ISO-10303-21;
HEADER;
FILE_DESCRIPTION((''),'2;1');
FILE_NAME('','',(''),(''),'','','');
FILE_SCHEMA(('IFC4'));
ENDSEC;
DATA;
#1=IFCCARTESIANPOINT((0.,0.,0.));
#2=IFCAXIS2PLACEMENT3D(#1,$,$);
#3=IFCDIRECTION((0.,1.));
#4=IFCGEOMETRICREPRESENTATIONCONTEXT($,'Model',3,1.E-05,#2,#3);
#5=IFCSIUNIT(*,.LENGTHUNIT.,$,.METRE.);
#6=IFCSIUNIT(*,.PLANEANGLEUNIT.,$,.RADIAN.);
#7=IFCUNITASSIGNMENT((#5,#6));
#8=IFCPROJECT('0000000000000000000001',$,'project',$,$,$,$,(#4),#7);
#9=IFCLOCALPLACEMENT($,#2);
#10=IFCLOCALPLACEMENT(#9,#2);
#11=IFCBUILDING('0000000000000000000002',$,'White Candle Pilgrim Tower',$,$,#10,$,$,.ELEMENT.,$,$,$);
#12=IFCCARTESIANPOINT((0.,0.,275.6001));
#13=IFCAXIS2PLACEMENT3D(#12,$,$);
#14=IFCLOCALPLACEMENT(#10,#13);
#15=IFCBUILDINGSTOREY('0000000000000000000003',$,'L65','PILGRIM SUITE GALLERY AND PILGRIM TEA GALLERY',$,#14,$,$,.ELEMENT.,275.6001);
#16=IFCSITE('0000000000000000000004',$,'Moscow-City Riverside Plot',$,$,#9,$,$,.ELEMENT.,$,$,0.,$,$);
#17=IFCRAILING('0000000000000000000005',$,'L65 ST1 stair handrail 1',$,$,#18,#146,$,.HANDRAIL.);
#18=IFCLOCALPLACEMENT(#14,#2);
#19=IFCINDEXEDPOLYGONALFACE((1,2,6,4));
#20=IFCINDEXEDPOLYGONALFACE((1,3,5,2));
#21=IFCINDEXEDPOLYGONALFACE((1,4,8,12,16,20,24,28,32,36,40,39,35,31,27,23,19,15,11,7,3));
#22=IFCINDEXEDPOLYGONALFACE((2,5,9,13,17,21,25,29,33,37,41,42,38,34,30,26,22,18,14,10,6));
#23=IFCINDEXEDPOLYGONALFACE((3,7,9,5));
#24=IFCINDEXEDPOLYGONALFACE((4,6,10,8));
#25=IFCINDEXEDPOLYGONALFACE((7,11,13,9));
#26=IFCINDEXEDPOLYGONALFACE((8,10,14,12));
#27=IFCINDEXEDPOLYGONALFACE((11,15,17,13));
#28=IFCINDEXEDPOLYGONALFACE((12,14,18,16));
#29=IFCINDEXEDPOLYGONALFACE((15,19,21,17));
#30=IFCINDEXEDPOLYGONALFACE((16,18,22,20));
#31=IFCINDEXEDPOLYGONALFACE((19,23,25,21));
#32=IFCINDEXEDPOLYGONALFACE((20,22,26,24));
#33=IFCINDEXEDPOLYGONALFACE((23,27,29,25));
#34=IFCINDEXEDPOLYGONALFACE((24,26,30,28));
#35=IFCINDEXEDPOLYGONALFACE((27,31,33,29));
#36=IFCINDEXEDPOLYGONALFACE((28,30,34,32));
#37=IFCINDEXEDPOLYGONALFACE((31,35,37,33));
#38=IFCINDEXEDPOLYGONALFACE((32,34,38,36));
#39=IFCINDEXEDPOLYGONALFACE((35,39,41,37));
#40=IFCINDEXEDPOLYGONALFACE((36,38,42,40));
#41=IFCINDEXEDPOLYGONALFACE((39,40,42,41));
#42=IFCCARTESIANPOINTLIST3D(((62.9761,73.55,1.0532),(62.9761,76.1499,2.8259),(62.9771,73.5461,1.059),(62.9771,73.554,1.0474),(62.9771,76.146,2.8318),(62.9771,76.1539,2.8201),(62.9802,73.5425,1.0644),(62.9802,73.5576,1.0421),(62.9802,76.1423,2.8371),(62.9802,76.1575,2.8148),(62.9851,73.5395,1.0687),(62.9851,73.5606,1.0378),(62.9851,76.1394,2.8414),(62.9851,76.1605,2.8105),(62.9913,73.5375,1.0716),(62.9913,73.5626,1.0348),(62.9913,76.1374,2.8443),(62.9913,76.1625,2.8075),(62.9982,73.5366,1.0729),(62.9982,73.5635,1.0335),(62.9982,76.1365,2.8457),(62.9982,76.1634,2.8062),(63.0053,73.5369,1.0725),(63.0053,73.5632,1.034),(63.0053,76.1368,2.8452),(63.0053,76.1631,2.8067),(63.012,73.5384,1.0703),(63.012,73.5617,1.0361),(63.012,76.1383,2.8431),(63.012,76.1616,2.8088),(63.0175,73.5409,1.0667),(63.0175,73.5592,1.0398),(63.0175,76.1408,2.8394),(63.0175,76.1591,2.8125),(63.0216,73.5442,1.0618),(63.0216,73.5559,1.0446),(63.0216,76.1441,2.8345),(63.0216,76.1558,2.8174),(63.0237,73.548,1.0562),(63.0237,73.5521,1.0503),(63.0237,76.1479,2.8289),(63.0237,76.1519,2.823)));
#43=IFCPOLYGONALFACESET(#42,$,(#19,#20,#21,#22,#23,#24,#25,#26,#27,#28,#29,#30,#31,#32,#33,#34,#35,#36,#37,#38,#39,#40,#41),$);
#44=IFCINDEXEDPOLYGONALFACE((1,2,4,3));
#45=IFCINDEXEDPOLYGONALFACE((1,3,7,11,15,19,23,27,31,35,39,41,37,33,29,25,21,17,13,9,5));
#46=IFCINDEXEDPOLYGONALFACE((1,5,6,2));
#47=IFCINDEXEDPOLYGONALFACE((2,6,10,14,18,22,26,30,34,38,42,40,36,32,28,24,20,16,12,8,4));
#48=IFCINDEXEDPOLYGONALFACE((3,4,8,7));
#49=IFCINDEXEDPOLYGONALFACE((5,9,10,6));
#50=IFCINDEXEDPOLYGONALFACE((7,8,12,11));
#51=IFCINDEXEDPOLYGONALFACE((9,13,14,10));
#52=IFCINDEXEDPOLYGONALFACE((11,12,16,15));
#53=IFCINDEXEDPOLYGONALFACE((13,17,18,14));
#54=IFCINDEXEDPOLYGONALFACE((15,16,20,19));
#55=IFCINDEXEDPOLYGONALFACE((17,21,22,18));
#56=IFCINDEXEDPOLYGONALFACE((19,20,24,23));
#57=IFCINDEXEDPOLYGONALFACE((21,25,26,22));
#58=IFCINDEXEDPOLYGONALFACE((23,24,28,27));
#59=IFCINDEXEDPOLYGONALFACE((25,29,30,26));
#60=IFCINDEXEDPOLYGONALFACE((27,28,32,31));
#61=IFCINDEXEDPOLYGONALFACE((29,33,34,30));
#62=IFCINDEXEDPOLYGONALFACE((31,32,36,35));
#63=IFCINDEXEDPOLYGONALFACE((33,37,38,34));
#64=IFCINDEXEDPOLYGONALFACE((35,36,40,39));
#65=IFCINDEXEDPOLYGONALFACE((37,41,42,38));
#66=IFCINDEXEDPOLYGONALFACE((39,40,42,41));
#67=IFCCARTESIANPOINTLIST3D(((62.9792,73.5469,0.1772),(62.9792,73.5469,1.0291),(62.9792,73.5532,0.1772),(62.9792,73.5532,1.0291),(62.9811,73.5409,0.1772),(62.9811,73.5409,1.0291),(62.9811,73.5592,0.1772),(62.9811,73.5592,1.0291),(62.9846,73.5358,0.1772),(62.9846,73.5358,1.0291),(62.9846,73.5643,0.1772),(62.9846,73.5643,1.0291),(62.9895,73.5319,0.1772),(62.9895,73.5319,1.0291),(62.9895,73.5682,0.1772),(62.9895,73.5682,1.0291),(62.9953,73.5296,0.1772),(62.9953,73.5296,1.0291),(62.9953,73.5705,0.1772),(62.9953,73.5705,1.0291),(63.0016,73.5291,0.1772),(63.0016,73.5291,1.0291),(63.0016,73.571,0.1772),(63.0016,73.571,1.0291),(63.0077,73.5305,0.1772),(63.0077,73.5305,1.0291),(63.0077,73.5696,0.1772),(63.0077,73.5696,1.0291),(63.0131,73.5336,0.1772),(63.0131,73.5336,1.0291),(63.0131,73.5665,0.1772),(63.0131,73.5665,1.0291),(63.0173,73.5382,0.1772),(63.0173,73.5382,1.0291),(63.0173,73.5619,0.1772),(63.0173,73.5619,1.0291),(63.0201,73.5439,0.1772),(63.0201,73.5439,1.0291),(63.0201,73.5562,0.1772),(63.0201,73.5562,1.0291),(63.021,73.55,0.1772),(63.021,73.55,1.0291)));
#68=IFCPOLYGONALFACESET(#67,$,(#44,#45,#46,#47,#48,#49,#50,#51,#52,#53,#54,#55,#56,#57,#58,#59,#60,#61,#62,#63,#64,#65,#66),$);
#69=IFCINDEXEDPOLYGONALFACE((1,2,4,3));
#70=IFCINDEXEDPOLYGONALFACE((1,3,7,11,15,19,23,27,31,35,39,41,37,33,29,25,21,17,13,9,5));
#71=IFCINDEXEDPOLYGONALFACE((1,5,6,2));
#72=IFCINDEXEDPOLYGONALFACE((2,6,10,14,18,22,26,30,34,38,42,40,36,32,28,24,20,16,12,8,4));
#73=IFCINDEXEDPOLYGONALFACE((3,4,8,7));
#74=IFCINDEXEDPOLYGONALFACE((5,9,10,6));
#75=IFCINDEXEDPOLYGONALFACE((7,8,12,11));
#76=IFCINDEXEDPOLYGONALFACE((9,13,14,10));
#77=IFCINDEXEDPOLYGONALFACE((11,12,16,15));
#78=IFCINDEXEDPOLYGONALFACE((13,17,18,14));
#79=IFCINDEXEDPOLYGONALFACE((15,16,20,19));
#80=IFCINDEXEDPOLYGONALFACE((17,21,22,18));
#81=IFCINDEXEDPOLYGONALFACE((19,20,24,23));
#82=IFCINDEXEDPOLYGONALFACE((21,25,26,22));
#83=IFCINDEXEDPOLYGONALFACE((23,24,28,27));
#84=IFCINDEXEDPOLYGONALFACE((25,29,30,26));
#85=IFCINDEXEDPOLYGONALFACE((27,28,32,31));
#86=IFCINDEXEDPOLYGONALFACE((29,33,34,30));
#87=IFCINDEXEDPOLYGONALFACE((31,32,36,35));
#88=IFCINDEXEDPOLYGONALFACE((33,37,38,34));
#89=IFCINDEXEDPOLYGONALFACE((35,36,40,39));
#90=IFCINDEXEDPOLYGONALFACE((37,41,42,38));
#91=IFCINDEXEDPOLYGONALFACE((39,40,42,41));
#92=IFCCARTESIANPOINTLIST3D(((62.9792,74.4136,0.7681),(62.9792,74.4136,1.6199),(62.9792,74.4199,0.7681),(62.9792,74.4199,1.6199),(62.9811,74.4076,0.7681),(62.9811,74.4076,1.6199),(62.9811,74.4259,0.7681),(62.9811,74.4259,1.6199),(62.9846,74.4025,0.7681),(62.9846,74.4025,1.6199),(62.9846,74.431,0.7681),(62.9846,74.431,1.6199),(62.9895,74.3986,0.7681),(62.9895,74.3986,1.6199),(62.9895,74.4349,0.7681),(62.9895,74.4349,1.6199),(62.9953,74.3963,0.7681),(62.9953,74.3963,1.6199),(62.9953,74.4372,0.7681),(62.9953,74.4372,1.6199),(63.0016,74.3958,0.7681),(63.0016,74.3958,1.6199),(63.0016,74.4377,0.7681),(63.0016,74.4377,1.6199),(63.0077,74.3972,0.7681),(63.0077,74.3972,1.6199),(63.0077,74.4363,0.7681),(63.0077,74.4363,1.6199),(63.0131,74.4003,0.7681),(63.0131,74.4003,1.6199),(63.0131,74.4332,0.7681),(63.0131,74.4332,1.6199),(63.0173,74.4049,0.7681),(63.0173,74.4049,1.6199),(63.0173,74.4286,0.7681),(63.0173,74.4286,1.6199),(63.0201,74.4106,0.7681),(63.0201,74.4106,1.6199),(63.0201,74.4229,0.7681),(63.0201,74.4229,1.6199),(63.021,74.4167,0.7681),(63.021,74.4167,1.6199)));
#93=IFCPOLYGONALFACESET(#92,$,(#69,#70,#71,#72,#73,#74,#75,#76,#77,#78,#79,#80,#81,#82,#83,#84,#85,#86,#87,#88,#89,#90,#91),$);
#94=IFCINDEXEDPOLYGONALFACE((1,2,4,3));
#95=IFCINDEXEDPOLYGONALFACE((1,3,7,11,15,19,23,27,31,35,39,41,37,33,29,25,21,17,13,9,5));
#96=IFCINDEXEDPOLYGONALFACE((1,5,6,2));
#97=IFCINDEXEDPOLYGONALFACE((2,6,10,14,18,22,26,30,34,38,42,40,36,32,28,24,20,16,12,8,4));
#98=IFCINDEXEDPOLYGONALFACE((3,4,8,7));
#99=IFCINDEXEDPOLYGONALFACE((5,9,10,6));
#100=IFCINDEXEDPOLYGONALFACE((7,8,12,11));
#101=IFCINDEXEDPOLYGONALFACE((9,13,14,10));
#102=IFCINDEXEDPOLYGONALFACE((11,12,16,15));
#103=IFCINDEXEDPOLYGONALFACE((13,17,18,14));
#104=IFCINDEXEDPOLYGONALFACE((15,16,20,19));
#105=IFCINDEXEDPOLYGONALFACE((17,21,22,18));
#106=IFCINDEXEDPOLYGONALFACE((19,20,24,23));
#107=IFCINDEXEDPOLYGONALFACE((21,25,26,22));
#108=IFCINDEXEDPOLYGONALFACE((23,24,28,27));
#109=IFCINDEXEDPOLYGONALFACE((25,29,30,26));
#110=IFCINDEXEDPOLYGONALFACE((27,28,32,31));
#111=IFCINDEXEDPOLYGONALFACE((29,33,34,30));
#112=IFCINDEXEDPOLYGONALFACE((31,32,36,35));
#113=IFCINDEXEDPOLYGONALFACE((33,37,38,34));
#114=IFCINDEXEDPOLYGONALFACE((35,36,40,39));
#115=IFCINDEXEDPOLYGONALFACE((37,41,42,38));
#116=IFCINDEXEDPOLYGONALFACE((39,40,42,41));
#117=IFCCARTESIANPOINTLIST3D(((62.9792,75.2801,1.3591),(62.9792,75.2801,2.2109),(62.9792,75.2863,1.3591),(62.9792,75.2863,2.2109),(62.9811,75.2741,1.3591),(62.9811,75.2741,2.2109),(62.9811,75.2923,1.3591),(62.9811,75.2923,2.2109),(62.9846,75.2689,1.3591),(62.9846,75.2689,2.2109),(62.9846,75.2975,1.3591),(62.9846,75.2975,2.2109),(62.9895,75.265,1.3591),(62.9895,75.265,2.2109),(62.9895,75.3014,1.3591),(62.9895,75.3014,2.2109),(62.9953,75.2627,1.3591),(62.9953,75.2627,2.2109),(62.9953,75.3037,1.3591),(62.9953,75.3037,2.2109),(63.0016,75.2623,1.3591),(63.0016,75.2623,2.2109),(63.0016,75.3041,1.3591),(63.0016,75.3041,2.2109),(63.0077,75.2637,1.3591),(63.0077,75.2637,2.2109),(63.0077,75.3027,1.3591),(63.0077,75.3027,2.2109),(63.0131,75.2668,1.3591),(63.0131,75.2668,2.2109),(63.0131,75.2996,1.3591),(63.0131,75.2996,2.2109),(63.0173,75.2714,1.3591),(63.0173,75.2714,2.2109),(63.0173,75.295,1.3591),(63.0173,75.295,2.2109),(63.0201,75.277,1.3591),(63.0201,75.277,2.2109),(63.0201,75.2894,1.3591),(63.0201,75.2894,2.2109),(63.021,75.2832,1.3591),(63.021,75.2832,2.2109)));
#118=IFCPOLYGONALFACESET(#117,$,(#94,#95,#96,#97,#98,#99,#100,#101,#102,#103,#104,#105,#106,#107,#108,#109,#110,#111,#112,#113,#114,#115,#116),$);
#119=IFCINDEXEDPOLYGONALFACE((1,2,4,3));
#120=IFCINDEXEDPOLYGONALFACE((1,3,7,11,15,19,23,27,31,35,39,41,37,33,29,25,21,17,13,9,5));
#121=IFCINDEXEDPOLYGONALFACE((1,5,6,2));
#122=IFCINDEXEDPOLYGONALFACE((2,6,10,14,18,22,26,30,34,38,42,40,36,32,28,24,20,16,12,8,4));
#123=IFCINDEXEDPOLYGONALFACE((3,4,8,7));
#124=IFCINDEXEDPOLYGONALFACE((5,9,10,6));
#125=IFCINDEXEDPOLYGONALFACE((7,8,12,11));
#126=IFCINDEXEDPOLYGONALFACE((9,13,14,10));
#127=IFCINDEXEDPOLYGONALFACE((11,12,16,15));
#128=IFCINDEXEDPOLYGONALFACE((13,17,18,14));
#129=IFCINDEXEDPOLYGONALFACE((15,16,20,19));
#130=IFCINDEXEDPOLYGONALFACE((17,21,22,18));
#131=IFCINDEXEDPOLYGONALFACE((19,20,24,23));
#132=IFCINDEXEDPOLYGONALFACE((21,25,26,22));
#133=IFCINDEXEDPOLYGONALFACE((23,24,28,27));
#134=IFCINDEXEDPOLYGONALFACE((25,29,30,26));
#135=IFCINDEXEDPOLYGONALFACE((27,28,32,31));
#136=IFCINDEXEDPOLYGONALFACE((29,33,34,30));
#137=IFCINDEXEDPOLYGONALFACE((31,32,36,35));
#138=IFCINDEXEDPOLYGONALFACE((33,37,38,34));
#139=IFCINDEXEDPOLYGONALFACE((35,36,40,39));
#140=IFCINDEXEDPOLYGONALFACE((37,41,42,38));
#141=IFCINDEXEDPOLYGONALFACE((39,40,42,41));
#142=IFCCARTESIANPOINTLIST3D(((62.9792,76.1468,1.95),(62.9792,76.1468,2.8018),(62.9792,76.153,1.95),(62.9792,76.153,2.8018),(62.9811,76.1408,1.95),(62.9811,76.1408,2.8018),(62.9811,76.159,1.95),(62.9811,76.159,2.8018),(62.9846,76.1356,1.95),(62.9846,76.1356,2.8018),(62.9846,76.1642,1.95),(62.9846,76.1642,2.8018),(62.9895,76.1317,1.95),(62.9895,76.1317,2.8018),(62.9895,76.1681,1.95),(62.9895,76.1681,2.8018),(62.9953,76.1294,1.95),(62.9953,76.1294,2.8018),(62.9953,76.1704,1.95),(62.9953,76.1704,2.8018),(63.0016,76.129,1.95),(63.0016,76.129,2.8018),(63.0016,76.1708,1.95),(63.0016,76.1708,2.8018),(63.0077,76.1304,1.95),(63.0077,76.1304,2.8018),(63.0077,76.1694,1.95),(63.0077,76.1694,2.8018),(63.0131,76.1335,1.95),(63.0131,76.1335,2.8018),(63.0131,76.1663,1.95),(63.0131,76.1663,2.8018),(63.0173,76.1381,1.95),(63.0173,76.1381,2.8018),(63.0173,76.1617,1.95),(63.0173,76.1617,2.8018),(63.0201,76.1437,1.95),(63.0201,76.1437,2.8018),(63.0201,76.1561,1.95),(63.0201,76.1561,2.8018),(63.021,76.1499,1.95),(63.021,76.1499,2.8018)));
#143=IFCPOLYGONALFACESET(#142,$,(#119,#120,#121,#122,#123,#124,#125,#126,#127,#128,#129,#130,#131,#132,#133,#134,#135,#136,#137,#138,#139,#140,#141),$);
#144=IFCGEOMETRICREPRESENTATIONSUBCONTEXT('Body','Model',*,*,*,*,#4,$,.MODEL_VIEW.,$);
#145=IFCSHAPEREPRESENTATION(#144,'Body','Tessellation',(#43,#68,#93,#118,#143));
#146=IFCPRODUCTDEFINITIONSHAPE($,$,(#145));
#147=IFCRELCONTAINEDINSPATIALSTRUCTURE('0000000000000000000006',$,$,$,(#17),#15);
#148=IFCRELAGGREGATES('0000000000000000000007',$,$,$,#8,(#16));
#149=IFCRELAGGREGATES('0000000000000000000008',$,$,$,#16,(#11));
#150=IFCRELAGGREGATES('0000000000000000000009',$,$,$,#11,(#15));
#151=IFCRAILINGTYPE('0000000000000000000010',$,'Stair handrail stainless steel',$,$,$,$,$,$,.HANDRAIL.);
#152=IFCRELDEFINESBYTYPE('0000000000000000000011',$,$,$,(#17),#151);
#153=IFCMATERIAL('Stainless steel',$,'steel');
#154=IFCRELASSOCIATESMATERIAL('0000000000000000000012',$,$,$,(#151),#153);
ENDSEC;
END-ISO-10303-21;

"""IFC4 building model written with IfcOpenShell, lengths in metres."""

from ifc_helpers import new_model, si_unit, direction, frame, origin, origin_2d, place, context, subcontext, project, spatial, circle, extrude, material, type_object, element, save


model = new_model("IFC4")

# Units and contexts
model_context = context("Model", 3, precision=1e-05, world=origin(), true_north=direction((0.0, 1.0)))
body_context = subcontext(model_context, "Body", "Model", "MODEL_VIEW")
ifc_project = project(units=[si_unit("LENGTHUNIT", "METRE"), si_unit("PLANEANGLEUNIT", "RADIAN")], contexts=[model_context])

# Site, building, storey
site_placement = place(None, origin())
site = spatial("IfcSite", under=ifc_project, at=site_placement, Name="Moscow-City Riverside Plot", CompositionType="ELEMENT", RefElevation=0.0)
building_placement = place(site_placement, origin())
building = spatial("IfcBuilding", under=site, at=building_placement, Name="White Candle Pilgrim Tower", CompositionType="ELEMENT")
storey_placement = place(building_placement, frame((0.0, 0.0, 275.6001)))
storey = spatial("IfcBuildingStorey", under=building, at=storey_placement, Name="L65", Description="PILGRIM SUITE GALLERY AND PILGRIM TEA GALLERY", CompositionType="ELEMENT", Elevation=275.6001)

# Railing
ifc_material_1 = material(Name="Stainless steel", Category="steel")
railing_type_1 = type_object("IfcRailingType", Name="Stair handrail stainless steel", PredefinedType="HANDRAIL", material=ifc_material_1)
railing_1_placement = place(storey_placement, frame((63.0, 73.55, 0.1772)))
element("IfcRailing", 1, at=railing_1_placement, inside=storey, type_object=railing_type_1, Name="L65 ST1 stair handrail 1", PredefinedType="HANDRAIL", context=body_context, shape_type="SweptSolid", body=[
    extrude(circle(Radius=0.0239, at=origin_2d()), frame((0.0, 0.0, 0.876), z_axis=(0.0, 0.826216, 0.563354), x_axis=(-1.0, 0.0, 0.0)), (0.0, 0.0, 1.0), 3.1467),
    extrude(circle(Radius=0.021, at=origin_2d()), origin(), (0.0, 0.0, 1.0), 0.8518),
    extrude(circle(Radius=0.021, at=origin_2d()), frame((0.0, 0.8667, 0.5908)), (0.0, 0.0, 1.0), 0.8518),
    extrude(circle(Radius=0.021, at=origin_2d()), frame((0.0, 1.7332, 1.1819)), (0.0, 0.0, 1.0), 0.8518),
    extrude(circle(Radius=0.021, at=origin_2d()), frame((0.0, 2.5999, 1.7727)), (0.0, 0.0, 1.0), 0.8518),
])

save(model, "model.ifc")
